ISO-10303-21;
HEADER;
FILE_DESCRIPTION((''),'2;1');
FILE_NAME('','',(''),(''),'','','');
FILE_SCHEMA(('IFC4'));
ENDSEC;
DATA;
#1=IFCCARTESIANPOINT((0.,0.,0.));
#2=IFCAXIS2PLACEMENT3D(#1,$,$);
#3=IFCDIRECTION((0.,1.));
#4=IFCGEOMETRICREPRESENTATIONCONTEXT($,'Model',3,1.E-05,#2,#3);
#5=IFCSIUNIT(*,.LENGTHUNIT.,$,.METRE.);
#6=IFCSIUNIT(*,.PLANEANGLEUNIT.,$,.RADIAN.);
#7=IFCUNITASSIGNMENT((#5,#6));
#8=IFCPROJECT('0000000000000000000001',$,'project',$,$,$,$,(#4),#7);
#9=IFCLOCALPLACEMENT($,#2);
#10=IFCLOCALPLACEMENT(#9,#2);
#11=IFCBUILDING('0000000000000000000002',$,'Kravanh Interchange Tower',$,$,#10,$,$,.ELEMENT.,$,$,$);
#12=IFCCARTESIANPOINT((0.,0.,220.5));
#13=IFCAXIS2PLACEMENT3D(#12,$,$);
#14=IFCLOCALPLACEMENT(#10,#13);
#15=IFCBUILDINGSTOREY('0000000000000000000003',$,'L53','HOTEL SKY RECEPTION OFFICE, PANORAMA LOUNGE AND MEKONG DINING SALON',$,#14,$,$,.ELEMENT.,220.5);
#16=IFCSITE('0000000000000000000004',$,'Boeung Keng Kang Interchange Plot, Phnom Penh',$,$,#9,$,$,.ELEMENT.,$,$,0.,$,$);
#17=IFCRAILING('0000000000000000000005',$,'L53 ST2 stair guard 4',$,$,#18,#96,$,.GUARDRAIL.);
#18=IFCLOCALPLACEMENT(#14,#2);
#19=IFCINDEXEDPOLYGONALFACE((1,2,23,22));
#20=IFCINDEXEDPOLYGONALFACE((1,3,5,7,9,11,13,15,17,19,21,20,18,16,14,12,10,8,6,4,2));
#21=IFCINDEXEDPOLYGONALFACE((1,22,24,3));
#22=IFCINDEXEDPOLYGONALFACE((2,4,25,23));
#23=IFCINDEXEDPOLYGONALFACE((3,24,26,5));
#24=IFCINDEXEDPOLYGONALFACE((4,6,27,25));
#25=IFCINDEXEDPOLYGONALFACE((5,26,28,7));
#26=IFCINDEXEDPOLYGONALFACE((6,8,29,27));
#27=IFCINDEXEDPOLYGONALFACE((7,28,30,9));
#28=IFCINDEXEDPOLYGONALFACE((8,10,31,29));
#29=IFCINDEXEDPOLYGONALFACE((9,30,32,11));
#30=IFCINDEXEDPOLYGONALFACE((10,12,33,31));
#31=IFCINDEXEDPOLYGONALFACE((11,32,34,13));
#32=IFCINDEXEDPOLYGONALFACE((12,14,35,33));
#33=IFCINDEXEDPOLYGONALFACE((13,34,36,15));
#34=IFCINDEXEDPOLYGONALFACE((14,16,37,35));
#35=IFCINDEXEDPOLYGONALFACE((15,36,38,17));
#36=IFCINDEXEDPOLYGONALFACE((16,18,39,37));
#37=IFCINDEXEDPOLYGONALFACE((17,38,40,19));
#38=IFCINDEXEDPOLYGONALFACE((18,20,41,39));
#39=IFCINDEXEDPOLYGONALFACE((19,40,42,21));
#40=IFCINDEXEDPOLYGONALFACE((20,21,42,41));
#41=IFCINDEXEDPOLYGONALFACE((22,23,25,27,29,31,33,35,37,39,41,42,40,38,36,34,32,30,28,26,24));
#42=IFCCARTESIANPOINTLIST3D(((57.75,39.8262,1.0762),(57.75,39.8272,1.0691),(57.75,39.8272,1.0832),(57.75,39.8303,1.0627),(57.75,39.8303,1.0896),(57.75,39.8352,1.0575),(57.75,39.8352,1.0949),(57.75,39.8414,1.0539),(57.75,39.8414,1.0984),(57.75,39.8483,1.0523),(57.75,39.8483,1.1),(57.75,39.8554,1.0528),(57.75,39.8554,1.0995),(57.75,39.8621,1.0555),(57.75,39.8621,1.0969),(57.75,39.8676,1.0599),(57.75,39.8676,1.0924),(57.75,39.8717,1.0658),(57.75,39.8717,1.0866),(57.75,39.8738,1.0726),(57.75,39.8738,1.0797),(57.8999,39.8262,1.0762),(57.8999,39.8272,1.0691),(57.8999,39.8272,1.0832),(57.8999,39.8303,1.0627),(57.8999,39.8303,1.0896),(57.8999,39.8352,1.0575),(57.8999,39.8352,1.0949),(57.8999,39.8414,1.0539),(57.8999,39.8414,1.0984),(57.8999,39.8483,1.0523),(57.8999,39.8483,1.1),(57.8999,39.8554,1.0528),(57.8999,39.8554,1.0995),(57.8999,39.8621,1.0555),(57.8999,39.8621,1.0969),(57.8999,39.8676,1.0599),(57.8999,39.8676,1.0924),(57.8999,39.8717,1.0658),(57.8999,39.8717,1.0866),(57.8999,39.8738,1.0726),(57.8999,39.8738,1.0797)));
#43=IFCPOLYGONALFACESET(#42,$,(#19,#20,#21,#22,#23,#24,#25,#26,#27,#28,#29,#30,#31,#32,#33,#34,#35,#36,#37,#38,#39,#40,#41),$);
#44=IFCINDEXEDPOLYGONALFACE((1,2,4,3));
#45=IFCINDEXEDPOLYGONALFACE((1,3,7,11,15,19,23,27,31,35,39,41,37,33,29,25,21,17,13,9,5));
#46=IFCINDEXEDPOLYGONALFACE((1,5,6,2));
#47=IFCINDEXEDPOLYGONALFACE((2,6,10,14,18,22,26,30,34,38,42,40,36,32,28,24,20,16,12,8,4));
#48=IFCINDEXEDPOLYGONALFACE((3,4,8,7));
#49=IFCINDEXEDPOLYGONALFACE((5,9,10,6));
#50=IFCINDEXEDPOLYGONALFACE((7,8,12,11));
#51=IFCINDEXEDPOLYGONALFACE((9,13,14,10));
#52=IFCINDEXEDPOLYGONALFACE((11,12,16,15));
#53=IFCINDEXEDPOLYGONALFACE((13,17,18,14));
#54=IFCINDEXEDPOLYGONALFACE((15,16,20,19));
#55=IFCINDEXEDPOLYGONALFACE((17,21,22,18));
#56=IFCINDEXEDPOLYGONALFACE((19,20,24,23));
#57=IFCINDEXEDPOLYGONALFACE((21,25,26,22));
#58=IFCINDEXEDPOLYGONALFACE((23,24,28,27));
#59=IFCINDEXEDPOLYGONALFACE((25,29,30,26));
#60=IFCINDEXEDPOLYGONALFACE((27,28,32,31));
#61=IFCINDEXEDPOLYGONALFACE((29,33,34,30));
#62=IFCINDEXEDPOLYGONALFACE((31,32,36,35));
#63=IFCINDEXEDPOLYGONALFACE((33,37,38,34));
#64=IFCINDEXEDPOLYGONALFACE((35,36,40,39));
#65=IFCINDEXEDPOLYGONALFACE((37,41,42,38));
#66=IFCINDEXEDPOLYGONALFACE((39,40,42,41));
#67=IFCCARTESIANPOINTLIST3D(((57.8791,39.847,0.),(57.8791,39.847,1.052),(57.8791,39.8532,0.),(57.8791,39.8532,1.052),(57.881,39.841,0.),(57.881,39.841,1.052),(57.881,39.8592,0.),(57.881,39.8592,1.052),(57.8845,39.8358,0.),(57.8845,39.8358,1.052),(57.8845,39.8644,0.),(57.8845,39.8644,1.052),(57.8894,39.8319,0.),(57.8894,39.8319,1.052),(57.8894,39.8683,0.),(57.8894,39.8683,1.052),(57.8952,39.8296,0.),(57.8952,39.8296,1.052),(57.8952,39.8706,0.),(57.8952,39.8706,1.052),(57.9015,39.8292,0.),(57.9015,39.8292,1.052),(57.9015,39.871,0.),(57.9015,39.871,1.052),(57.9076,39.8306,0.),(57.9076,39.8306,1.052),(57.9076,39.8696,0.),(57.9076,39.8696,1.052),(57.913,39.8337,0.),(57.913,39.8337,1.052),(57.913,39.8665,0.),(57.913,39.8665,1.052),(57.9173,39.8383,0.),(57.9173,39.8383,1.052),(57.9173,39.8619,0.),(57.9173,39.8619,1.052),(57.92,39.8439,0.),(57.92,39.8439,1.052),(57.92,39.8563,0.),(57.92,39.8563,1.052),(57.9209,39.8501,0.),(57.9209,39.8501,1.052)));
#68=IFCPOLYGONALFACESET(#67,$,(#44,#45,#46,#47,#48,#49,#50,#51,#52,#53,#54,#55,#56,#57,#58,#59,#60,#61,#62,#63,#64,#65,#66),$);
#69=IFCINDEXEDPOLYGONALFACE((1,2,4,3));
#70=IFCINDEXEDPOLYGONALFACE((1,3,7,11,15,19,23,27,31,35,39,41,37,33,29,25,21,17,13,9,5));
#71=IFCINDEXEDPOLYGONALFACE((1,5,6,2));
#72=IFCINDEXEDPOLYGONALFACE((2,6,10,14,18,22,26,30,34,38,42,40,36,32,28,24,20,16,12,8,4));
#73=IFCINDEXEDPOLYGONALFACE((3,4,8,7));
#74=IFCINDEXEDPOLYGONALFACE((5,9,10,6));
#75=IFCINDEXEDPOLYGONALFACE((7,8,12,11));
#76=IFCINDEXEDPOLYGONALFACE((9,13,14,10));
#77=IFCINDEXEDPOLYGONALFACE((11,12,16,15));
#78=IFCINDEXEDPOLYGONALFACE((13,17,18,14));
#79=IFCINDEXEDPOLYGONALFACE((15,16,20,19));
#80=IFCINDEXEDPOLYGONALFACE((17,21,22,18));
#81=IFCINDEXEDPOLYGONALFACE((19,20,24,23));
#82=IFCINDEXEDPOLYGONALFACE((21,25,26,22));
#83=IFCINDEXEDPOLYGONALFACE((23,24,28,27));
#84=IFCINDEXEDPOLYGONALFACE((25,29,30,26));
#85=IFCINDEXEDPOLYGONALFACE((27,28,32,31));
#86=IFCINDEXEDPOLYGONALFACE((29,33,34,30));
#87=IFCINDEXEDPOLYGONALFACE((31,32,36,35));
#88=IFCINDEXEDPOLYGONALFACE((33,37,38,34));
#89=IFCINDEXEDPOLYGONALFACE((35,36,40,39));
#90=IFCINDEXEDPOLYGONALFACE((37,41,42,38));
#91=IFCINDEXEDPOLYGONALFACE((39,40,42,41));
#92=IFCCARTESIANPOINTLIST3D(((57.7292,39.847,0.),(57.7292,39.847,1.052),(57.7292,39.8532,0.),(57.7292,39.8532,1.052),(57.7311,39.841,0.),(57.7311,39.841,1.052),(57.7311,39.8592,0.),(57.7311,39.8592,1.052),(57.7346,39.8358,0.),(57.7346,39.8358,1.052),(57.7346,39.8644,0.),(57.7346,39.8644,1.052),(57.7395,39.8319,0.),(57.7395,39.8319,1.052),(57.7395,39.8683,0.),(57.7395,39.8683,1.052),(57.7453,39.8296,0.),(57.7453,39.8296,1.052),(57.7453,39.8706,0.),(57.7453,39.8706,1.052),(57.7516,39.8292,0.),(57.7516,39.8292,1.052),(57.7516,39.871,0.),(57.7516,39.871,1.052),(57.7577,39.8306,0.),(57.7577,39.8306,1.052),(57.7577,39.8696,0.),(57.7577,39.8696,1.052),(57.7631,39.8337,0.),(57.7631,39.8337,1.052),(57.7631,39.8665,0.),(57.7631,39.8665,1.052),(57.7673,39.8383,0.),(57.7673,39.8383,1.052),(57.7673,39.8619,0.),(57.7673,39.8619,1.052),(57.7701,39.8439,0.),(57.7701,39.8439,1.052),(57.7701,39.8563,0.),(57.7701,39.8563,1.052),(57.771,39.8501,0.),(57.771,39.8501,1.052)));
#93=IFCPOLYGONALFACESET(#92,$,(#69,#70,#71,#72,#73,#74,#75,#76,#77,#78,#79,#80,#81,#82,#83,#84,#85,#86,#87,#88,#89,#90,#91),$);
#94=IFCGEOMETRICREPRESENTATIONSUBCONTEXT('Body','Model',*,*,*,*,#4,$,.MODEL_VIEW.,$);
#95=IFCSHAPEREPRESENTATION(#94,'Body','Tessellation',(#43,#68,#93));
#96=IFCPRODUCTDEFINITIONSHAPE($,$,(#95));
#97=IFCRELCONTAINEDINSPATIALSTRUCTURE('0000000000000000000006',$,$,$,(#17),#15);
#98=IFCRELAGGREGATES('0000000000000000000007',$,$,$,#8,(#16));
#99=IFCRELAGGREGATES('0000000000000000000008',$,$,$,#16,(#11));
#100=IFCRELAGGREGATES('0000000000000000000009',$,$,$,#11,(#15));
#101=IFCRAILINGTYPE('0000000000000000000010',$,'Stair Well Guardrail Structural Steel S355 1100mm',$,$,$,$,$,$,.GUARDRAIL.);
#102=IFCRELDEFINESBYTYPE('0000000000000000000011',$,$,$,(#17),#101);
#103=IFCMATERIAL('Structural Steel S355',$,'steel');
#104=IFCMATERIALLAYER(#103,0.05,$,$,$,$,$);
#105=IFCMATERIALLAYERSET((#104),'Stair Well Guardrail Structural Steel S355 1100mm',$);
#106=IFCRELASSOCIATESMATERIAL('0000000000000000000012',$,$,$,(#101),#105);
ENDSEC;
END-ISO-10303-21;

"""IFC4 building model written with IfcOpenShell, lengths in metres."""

from ifc_helpers import new_model, si_unit, direction, frame, origin, origin_2d, place, context, subcontext, project, spatial, circle, extrude, material, layer, layer_set, type_object, element, save


model = new_model("IFC4")

# Units and contexts
model_context = context("Model", 3, precision=1e-05, world=origin(), true_north=direction((0.0, 1.0)))
body_context = subcontext(model_context, "Body", "Model", "MODEL_VIEW")
ifc_project = project(units=[si_unit("LENGTHUNIT", "METRE"), si_unit("PLANEANGLEUNIT", "RADIAN")], contexts=[model_context])

# Site, building, storey
site_placement = place(None, origin())
site = spatial("IfcSite", under=ifc_project, at=site_placement, Name="Boeung Keng Kang Interchange Plot, Phnom Penh", CompositionType="ELEMENT", RefElevation=0.0)
building_placement = place(site_placement, origin())
building = spatial("IfcBuilding", under=site, at=building_placement, Name="Kravanh Interchange Tower", CompositionType="ELEMENT")
storey_placement = place(building_placement, frame((0.0, 0.0, 220.5)))
storey = spatial("IfcBuildingStorey", under=building, at=storey_placement, Name="L53", Description="HOTEL SKY RECEPTION OFFICE, PANORAMA LOUNGE AND MEKONG DINING SALON", CompositionType="ELEMENT", Elevation=220.5)

# Railing
ifc_material_1 = material(Name="Structural Steel S355", Category="steel")
ifc_layer_1 = layer(ifc_material_1, 0.05)
ifc_layer_set_1 = layer_set([ifc_layer_1], Name="Stair Well Guardrail Structural Steel S355 1100mm")
railing_type_1 = type_object("IfcRailingType", Name="Stair Well Guardrail Structural Steel S355 1100mm", PredefinedType="GUARDRAIL", material=ifc_layer_set_1)
railing_1_placement = place(storey_placement, frame((57.8999, 39.8501, 0.0)))
element("IfcRailing", 1, at=railing_1_placement, inside=storey, type_object=railing_type_1, Name="L53 ST2 stair guard 4", PredefinedType="GUARDRAIL", context=body_context, shape_type="SweptSolid", body=[
    extrude(circle(Radius=0.0239, at=origin_2d()), frame((0.0, 0.0, 1.0762), z_axis=(-1.0, 0.0, 0.0), x_axis=(0.0, -1.0, 0.0)), (0.0, 0.0, 1.0), 0.1499),
    extrude(circle(Radius=0.021, at=origin_2d()), origin(), (0.0, 0.0, 1.0), 1.052),
    extrude(circle(Radius=0.021, at=origin_2d()), frame((-0.1499, 0.0, 0.0)), (0.0, 0.0, 1.0), 1.052),
])

save(model, "model.ifc")
